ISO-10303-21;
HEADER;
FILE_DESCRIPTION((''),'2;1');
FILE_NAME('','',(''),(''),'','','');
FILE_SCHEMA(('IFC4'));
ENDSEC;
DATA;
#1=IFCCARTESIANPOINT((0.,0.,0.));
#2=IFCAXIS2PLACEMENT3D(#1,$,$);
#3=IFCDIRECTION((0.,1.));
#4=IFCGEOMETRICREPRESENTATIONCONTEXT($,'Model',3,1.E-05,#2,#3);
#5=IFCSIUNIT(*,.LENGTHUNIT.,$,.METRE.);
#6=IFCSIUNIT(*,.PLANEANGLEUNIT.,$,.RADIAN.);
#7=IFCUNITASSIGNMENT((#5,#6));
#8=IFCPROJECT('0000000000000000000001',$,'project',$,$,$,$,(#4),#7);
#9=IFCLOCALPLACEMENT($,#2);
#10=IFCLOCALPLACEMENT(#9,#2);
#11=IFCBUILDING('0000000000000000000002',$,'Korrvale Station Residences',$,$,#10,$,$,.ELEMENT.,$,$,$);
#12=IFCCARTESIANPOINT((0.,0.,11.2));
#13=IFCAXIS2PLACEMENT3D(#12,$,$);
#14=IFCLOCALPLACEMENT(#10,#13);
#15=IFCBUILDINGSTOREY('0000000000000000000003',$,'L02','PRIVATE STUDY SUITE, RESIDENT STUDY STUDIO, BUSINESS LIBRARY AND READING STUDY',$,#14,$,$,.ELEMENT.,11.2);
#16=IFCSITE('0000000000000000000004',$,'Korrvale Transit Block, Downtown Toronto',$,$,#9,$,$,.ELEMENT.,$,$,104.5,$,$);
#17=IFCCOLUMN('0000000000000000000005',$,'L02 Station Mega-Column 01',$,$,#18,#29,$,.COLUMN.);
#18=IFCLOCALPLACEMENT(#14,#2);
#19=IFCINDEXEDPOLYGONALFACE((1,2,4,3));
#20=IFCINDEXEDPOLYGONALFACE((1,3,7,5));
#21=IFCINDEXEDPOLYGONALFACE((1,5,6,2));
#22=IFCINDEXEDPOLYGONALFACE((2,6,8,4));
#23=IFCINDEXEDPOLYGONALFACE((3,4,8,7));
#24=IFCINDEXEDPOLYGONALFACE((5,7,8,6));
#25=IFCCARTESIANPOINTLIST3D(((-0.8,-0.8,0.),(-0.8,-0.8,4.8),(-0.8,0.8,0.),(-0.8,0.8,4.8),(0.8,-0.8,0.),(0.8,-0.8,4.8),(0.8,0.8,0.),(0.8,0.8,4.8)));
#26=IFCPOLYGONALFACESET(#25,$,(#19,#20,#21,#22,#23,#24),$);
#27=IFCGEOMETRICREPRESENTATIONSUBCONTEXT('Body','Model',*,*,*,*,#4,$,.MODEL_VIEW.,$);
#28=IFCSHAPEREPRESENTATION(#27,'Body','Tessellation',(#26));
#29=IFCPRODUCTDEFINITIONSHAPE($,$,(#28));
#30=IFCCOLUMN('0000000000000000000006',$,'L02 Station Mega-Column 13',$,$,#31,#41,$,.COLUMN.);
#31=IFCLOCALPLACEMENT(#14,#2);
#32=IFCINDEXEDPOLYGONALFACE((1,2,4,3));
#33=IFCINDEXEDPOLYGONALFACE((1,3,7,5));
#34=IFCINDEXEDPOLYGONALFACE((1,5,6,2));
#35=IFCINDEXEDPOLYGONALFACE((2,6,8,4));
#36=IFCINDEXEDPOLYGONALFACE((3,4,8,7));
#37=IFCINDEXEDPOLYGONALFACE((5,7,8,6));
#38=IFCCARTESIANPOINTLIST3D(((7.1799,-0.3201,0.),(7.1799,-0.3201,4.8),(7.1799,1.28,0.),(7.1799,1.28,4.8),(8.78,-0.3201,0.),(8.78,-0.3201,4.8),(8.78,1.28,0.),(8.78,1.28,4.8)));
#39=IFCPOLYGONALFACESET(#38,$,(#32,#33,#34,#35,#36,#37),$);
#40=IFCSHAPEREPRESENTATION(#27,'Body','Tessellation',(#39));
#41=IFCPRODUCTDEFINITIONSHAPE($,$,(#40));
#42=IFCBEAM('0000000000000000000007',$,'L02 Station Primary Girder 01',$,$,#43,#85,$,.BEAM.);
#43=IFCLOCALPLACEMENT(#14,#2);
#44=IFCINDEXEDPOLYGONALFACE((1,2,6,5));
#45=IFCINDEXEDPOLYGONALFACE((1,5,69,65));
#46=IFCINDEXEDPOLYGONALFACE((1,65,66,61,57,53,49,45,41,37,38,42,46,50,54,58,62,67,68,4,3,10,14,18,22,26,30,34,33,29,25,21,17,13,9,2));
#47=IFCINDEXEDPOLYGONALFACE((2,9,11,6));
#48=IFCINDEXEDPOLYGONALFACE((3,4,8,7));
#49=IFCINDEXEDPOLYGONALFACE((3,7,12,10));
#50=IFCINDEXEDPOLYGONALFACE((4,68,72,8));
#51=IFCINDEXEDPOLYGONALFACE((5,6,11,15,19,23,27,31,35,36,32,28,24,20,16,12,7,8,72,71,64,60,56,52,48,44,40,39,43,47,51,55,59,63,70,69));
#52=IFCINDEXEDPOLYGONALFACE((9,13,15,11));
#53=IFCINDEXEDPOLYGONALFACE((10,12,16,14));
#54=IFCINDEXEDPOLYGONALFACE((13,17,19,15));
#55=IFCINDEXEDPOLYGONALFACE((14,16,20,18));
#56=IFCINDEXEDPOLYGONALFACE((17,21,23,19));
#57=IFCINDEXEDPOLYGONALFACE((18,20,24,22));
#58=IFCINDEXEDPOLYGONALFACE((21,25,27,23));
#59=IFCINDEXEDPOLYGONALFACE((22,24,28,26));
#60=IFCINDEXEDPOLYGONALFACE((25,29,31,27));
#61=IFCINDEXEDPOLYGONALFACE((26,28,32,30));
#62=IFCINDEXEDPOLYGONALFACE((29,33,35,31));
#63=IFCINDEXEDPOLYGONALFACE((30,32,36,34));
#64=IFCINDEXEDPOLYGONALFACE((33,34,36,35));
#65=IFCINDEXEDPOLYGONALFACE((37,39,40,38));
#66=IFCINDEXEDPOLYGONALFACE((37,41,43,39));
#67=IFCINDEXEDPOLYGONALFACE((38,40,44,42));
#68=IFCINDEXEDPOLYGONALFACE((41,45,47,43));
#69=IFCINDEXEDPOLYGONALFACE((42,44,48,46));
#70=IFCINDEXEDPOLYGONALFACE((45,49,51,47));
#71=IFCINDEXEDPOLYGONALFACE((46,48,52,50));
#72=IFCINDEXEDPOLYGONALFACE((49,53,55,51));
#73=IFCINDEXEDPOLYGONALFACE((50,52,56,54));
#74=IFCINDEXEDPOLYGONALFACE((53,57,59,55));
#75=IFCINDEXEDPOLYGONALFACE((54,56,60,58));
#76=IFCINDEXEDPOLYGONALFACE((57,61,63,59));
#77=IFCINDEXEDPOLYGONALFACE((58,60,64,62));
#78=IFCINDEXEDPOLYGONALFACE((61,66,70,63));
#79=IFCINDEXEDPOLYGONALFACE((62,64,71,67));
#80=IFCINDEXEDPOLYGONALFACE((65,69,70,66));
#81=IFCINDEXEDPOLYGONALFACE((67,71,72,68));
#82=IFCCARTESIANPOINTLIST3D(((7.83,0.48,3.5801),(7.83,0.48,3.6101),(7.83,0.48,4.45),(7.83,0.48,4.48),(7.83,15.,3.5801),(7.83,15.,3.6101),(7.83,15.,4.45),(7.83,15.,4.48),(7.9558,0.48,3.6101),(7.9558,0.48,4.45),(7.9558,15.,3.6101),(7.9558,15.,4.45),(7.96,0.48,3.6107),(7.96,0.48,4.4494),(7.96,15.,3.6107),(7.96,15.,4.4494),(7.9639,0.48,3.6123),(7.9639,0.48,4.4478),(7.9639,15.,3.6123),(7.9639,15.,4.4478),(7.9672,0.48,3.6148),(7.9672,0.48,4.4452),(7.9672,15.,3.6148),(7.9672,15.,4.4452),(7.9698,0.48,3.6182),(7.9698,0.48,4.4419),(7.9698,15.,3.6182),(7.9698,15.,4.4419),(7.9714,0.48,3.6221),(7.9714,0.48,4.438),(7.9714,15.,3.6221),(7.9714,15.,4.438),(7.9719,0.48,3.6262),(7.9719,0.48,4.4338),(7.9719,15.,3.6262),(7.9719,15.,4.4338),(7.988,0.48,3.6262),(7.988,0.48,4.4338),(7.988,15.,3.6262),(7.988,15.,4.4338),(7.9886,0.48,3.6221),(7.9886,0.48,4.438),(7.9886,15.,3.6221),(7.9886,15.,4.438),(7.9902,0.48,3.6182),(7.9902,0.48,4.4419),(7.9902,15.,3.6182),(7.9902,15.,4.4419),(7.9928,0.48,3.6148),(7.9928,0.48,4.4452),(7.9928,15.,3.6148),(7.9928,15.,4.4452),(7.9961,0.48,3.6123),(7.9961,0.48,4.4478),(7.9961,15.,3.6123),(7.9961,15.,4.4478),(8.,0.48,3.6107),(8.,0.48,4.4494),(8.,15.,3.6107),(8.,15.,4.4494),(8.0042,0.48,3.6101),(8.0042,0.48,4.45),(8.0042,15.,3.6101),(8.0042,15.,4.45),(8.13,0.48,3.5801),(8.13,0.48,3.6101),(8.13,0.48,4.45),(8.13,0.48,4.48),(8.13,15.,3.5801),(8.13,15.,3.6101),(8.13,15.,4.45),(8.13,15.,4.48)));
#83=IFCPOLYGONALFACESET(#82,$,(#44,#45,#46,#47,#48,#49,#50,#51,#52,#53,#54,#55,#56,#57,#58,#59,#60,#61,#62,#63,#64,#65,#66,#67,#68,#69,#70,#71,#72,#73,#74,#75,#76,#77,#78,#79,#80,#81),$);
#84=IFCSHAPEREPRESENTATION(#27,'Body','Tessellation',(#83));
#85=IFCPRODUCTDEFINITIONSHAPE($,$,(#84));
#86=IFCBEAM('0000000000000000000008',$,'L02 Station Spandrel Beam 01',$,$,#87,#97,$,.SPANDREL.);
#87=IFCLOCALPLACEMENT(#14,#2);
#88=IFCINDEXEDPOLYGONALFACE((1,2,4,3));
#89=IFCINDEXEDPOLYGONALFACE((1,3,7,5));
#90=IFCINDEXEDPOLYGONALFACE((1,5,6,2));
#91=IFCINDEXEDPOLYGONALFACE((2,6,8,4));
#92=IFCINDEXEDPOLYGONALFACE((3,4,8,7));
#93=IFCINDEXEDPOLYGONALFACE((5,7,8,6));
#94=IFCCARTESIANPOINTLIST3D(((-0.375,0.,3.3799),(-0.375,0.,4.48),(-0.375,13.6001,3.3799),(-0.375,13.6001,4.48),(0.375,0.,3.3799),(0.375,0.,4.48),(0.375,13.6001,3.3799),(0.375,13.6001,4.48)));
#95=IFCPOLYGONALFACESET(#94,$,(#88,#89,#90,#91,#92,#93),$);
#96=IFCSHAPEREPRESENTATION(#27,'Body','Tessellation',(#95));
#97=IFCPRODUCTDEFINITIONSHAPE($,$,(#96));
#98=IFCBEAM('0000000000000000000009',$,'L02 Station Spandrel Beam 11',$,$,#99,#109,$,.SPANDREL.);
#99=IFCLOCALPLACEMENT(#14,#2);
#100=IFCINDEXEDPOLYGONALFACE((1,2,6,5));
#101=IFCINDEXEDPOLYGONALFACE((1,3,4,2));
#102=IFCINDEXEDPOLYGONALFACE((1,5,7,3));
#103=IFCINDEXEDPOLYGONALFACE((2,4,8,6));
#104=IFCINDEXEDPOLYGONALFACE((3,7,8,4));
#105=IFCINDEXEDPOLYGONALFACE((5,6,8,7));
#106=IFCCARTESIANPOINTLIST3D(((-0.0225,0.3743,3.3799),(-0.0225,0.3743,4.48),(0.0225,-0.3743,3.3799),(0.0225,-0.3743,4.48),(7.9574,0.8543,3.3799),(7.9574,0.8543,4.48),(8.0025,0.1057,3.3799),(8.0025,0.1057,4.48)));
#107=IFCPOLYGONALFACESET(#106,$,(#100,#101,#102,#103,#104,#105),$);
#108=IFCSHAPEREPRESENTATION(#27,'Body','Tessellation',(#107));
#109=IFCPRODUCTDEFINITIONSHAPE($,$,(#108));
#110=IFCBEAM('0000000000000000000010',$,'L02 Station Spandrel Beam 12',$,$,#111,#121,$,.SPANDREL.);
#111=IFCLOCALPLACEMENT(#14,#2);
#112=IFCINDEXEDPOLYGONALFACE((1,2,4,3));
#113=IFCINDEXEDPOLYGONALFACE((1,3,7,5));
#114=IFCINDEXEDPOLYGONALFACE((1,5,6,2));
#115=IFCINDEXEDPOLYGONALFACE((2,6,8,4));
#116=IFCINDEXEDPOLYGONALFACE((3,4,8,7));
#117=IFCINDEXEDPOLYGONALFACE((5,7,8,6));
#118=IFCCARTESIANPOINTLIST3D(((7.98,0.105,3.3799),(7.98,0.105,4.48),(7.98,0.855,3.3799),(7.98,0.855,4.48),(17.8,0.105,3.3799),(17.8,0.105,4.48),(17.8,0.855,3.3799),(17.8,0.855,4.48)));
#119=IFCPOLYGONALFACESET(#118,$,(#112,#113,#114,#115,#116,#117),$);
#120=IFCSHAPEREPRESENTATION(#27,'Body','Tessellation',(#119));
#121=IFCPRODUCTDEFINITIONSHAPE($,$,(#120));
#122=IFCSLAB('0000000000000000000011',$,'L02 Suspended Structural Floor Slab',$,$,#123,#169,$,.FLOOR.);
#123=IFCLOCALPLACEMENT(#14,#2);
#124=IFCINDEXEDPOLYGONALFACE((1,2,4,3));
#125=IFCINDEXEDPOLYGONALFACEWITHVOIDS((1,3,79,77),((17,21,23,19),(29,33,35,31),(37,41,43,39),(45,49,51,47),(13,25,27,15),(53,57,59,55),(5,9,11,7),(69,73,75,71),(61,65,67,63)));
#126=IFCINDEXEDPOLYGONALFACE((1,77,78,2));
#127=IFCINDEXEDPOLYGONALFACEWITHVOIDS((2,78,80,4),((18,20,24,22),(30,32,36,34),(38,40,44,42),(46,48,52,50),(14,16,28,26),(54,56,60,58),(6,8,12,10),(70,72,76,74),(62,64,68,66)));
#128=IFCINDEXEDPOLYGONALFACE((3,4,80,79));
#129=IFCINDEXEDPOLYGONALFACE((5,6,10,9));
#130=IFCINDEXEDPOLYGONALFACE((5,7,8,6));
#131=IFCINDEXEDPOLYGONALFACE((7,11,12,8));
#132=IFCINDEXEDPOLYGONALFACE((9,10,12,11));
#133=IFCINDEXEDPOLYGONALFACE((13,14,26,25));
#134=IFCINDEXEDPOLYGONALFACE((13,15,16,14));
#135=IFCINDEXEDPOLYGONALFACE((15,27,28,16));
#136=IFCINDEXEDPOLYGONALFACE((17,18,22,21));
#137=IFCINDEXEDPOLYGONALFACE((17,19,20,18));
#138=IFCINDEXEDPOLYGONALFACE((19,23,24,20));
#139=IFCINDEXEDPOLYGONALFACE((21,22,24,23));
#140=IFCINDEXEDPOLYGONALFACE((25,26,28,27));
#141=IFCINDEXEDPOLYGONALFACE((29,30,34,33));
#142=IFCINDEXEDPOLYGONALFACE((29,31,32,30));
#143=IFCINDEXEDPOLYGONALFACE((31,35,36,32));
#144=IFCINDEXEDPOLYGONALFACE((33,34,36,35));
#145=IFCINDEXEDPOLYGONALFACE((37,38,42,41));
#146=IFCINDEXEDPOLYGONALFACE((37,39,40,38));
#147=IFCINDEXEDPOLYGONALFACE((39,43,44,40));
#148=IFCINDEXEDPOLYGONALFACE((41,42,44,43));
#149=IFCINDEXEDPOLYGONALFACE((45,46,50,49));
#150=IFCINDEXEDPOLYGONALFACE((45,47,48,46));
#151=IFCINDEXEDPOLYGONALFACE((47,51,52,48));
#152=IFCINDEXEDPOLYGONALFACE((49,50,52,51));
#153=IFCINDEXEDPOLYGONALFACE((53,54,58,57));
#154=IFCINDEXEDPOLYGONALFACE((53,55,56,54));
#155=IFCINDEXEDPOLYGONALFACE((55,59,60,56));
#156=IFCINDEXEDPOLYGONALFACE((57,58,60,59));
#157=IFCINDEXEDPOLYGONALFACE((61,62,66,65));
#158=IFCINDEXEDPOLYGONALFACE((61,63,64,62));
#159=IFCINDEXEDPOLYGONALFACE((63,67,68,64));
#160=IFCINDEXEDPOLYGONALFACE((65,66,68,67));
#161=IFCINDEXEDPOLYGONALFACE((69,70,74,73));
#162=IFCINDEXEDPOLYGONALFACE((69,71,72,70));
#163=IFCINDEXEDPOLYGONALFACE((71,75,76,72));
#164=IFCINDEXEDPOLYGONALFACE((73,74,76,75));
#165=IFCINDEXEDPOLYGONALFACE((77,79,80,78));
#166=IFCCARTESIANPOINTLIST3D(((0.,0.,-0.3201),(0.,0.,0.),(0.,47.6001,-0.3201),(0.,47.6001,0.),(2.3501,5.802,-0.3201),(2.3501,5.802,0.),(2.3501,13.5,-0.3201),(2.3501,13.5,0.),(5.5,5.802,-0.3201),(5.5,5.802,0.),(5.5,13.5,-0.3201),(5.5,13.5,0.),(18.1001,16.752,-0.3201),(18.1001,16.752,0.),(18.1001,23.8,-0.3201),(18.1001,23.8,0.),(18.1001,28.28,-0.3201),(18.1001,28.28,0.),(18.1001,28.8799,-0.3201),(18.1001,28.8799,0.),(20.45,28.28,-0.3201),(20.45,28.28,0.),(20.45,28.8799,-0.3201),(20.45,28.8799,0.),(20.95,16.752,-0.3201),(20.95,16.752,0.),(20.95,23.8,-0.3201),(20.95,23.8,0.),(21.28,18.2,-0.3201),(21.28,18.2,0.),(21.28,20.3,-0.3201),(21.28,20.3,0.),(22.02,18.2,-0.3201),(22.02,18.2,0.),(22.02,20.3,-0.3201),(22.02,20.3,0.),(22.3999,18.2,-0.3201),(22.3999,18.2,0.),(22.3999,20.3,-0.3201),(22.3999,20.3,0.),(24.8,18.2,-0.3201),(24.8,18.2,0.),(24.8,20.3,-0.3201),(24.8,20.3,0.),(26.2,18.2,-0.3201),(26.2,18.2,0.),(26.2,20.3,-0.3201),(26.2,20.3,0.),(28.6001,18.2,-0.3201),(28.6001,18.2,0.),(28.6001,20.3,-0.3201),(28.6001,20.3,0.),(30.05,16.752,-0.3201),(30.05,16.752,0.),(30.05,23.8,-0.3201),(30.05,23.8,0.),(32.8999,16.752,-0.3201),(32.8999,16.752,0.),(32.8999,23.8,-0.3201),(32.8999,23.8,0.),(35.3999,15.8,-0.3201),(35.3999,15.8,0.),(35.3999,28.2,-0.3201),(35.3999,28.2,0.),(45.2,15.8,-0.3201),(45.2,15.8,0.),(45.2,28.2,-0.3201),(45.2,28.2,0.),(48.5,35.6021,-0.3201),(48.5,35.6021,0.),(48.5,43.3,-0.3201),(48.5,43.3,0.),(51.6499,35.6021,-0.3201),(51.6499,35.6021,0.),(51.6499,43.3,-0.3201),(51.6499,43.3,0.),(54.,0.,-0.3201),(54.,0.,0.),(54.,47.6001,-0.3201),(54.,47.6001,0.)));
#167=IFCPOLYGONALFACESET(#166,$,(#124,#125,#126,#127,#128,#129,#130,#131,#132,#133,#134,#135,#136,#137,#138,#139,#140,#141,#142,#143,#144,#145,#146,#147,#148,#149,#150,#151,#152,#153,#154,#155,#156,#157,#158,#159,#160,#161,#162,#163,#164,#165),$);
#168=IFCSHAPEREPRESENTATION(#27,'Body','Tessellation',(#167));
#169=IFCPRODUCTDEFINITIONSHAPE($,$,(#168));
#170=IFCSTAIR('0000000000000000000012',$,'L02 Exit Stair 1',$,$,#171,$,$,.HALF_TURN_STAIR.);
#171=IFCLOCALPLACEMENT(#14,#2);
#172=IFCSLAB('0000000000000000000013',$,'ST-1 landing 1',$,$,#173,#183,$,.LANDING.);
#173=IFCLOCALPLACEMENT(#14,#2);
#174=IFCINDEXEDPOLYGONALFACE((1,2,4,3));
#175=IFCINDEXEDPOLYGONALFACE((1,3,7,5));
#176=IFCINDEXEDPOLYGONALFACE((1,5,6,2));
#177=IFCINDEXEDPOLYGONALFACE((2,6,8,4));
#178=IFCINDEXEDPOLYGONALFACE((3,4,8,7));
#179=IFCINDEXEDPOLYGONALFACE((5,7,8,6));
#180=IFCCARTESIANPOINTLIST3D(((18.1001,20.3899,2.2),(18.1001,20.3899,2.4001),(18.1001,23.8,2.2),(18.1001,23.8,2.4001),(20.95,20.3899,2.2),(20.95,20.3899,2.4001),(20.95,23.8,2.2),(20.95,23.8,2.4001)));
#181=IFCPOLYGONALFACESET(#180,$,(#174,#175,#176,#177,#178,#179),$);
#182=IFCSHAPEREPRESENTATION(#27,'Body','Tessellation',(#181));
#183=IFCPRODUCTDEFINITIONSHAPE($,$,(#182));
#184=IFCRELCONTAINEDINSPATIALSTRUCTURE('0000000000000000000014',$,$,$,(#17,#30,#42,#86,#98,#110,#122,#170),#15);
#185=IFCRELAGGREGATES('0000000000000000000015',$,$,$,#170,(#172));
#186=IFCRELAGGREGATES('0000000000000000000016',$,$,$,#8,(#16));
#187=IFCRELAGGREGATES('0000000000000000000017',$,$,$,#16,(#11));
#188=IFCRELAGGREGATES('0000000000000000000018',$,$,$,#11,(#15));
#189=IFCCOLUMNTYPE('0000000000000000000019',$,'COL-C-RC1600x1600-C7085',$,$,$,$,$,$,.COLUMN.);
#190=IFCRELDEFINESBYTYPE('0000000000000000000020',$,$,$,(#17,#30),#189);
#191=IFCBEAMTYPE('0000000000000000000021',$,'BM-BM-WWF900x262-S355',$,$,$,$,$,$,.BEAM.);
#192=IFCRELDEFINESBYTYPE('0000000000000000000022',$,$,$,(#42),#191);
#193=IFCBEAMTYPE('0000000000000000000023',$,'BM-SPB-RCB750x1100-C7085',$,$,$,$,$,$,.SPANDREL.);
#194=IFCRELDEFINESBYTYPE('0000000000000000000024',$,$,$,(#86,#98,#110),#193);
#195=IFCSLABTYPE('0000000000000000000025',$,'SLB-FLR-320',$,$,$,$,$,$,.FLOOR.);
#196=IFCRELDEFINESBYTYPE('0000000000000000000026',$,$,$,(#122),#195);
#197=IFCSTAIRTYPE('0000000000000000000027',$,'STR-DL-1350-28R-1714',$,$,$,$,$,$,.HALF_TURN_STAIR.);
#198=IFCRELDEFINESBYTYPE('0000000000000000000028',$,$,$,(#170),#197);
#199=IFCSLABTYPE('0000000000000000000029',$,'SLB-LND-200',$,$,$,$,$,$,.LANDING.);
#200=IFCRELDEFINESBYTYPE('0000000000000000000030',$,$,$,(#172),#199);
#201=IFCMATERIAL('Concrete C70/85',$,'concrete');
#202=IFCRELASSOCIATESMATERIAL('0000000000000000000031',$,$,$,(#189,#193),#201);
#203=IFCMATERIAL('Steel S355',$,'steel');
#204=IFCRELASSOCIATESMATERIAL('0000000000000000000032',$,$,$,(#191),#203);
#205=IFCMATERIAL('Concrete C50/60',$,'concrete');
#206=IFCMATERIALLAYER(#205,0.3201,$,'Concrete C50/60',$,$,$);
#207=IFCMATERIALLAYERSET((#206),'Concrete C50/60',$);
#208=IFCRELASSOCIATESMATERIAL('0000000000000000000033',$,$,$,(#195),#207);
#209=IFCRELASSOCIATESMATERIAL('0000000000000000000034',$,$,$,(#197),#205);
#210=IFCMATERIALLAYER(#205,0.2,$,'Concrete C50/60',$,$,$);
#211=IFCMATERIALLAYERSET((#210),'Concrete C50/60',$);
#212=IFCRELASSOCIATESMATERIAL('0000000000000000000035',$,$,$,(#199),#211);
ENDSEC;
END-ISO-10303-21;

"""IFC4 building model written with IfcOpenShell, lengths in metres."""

from ifc_helpers import new_model, si_unit, direction, frame, origin, origin_2d, place, context, subcontext, project, spatial, polyline, rectangle, i_section, outline, extrude, material, layer, layer_set, material_profile, profile_set, type_object, element, aggregate, save


model = new_model("IFC4")

# Units and contexts
model_context = context("Model", 3, precision=1e-05, world=origin(), true_north=direction((0.0, 1.0)))
body_context = subcontext(model_context, "Body", "Model", "MODEL_VIEW")
ifc_project = project(units=[si_unit("LENGTHUNIT", "METRE"), si_unit("PLANEANGLEUNIT", "RADIAN")], contexts=[model_context])

# Site, building, storey
site_placement = place(None, origin())
site = spatial("IfcSite", under=ifc_project, at=site_placement, Name="Korrvale Transit Block, Downtown Toronto", CompositionType="ELEMENT", RefElevation=104.5)
building_placement = place(site_placement, origin())
building = spatial("IfcBuilding", under=site, at=building_placement, Name="Korrvale Station Residences", CompositionType="ELEMENT")
storey_placement = place(building_placement, frame((0.0, 0.0, 11.2)))
storey = spatial("IfcBuildingStorey", under=building, at=storey_placement, Name="L02", Description="PRIVATE STUDY SUITE, RESIDENT STUDY STUDIO, BUSINESS LIBRARY AND READING STUDY", CompositionType="ELEMENT", Elevation=11.2)

# Columns
ifc_material_1 = material(Name="Concrete C70/85", Category="concrete")
ifc_material_profile_1 = material_profile(ifc_material_1, rectangle(XDim=1.6001, YDim=1.6001, at=origin_2d()), Name="RC1600x1600")
ifc_profile_set_1 = profile_set([ifc_material_profile_1], Name="Concrete C70/85")
column_type = type_object("IfcColumnType", Name="COL-C-RC1600x1600-C7085", PredefinedType="COLUMN", material=ifc_profile_set_1)
for number, where, z_axis, x_axis, name in (
    (1, (0.0, 0.0, 0.0), (0.0, 0.0, 1.0), (1.0, 0.0, 0.0), "L02 Station Mega-Column 01"),
    (2, (7.98, 0.48, 0.0), (0.0, 0.0, 1.0), (1.0, 0.0, 0.0), "L02 Station Mega-Column 13"),
):
    element("IfcColumn", number, at=place(storey_placement, frame(where, z_axis=z_axis, x_axis=x_axis)), inside=storey, type_object=column_type, Name=name, PredefinedType="COLUMN", context=body_context, shape_type="SweptSolid", body=[
        extrude(rectangle(XDim=1.6001, YDim=1.6001, at=origin_2d()), origin(), (0.0, 0.0, 1.0), 4.8),
    ])

# Beams
ifc_material_2 = material(Name="Steel S355", Category="steel")
ifc_material_profile_2 = material_profile(ifc_material_2, i_section(OverallWidth=0.3, OverallDepth=0.8999, WebThickness=0.0161, FlangeThickness=0.03, FilletRadius=0.0161, at=origin_2d()), Name="WWF900x262")
ifc_profile_set_2 = profile_set([ifc_material_profile_2], Name="Steel S355")
beam_type_1 = type_object("IfcBeamType", Name="BM-BM-WWF900x262-S355", PredefinedType="BEAM", material=ifc_profile_set_2)
beam_1_placement = place(storey_placement, frame((7.98, 0.48, 4.03), z_axis=(0.0, 1.0, 0.0), x_axis=(-1.0, 0.0, 0.0)))
element("IfcBeam", 3, at=beam_1_placement, inside=storey, type_object=beam_type_1, Name="L02 Station Primary Girder 01", PredefinedType="BEAM", context=body_context, shape_type="SweptSolid", body=[
    extrude(i_section(OverallWidth=0.3, OverallDepth=0.8999, WebThickness=0.0161, FlangeThickness=0.03, FilletRadius=0.0161, at=origin_2d()), origin(), (0.0, 0.0, 1.0), 14.52),
])
ifc_material_profile_3 = material_profile(ifc_material_1, rectangle(XDim=0.75, YDim=1.1001, at=origin_2d()), Name="RCB750x1100")
ifc_profile_set_3 = profile_set([ifc_material_profile_3], Name="Concrete C70/85")
beam_type_2 = type_object("IfcBeamType", Name="BM-SPB-RCB750x1100-C7085", PredefinedType="SPANDREL", material=ifc_profile_set_3)
beam_2_placement = place(storey_placement, frame((0.0, 0.0, 3.9299), z_axis=(0.0, 1.0, 0.0), x_axis=(-1.0, 0.0, 0.0)))
element("IfcBeam", 4, at=beam_2_placement, inside=storey, type_object=beam_type_2, Name="L02 Station Spandrel Beam 01", PredefinedType="SPANDREL", context=body_context, shape_type="SweptSolid", body=[
    extrude(rectangle(XDim=0.75, YDim=1.1001, at=origin_2d()), origin(), (0.0, 0.0, 1.0), 13.6001),
])
beam_3_placement = place(storey_placement, frame((0.0, 0.0, 3.9299), z_axis=(0.998196, 0.06004, 0.0), x_axis=(-0.06004, 0.998196, 0.0)))
element("IfcBeam", 5, at=beam_3_placement, inside=storey, type_object=beam_type_2, Name="L02 Station Spandrel Beam 11", PredefinedType="SPANDREL", context=body_context, shape_type="SweptSolid", body=[
    extrude(rectangle(XDim=0.75, YDim=1.1001, at=origin_2d()), origin(), (0.0, 0.0, 1.0), 7.9944),
])
beam_4_placement = place(storey_placement, frame((7.98, 0.48, 3.9299), z_axis=(1.0, 0.0, 0.0), x_axis=(0.0, 1.0, 0.0)))
element("IfcBeam", 6, at=beam_4_placement, inside=storey, type_object=beam_type_2, Name="L02 Station Spandrel Beam 12", PredefinedType="SPANDREL", context=body_context, shape_type="SweptSolid", body=[
    extrude(rectangle(XDim=0.75, YDim=1.1001, at=origin_2d()), origin(), (0.0, 0.0, 1.0), 9.8201),
])

# Slab
ifc_material_3 = material(Name="Concrete C50/60", Category="concrete")
ifc_layer_1 = layer(ifc_material_3, 0.3201, Name="Concrete C50/60")
ifc_layer_set_1 = layer_set([ifc_layer_1], Name="Concrete C50/60")
slab_type_1 = type_object("IfcSlabType", Name="SLB-FLR-320", PredefinedType="FLOOR", material=ifc_layer_set_1)
slab_1_placement = place(storey_placement, frame((0.0, 0.0, -0.3201)))
element("IfcSlab", 7, at=slab_1_placement, inside=storey, type_object=slab_type_1, Name="L02 Suspended Structural Floor Slab", PredefinedType="FLOOR", context=body_context, shape_type="SweptSolid", body=[
    extrude(outline(polyline([(0.0, 0.0), (54.0, 0.0), (54.0, 47.6001), (0.0, 47.6001), (0.0, 0.0)]), holes=[polyline([(20.95, 16.752), (20.95, 23.8), (18.1001, 23.8), (18.1001, 16.752), (20.95, 16.752)]), polyline([(32.8999, 16.752), (32.8999, 23.8), (30.05, 23.8), (30.05, 16.752), (32.8999, 16.752)]), polyline([(5.5, 5.802), (5.5, 13.5), (2.3501, 13.5), (2.3501, 5.802), (5.5, 5.802)]), polyline([(51.6499, 35.6021), (51.6499, 43.3), (48.5, 43.3), (48.5, 35.6021), (51.6499, 35.6021)]), polyline([(35.3999, 15.8), (45.2, 15.8), (45.2, 28.2), (35.3999, 28.2), (35.3999, 15.8)]), polyline([(22.3999, 18.2), (24.8, 18.2), (24.8, 20.3), (22.3999, 20.3), (22.3999, 18.2)]), polyline([(26.2, 18.2), (28.6001, 18.2), (28.6001, 20.3), (26.2, 20.3), (26.2, 18.2)]), polyline([(18.1001, 28.28), (20.45, 28.28), (20.45, 28.8799), (18.1001, 28.8799), (18.1001, 28.28)]), polyline([(21.28, 18.2), (22.02, 18.2), (22.02, 20.3), (21.28, 20.3), (21.28, 18.2)])]), origin(), (0.0, 0.0, 1.0), 0.3201),
])

# Stair, slab
stair_type_1 = type_object("IfcStairType", Name="STR-DL-1350-28R-1714", PredefinedType="HALF_TURN_STAIR", material=ifc_material_3)
stair_1_placement = place(storey_placement, origin())
stair_1 = element("IfcStair", 8, at=stair_1_placement, inside=storey, type_object=stair_type_1, Name="L02 Exit Stair 1", PredefinedType="HALF_TURN_STAIR")
ifc_layer_2 = layer(ifc_material_3, 0.2, Name="Concrete C50/60")
ifc_layer_set_2 = layer_set([ifc_layer_2], Name="Concrete C50/60")
slab_type_2 = type_object("IfcSlabType", Name="SLB-LND-200", PredefinedType="LANDING", material=ifc_layer_set_2)
slab_2_placement = place(storey_placement, frame((0.0, 0.0, 2.2)))
slab_2 = element("IfcSlab", 9, at=slab_2_placement, type_object=slab_type_2, Name="ST-1 landing 1", PredefinedType="LANDING", context=body_context, shape_type="SweptSolid", body=[
    extrude(outline(polyline([(20.95, 20.3899), (20.95, 23.8), (18.1001, 23.8), (18.1001, 20.3899), (20.95, 20.3899)])), origin(), (0.0, 0.0, 1.0), 0.2002),
])
aggregate(stair_1, [slab_2])

save(model, "model.ifc")
